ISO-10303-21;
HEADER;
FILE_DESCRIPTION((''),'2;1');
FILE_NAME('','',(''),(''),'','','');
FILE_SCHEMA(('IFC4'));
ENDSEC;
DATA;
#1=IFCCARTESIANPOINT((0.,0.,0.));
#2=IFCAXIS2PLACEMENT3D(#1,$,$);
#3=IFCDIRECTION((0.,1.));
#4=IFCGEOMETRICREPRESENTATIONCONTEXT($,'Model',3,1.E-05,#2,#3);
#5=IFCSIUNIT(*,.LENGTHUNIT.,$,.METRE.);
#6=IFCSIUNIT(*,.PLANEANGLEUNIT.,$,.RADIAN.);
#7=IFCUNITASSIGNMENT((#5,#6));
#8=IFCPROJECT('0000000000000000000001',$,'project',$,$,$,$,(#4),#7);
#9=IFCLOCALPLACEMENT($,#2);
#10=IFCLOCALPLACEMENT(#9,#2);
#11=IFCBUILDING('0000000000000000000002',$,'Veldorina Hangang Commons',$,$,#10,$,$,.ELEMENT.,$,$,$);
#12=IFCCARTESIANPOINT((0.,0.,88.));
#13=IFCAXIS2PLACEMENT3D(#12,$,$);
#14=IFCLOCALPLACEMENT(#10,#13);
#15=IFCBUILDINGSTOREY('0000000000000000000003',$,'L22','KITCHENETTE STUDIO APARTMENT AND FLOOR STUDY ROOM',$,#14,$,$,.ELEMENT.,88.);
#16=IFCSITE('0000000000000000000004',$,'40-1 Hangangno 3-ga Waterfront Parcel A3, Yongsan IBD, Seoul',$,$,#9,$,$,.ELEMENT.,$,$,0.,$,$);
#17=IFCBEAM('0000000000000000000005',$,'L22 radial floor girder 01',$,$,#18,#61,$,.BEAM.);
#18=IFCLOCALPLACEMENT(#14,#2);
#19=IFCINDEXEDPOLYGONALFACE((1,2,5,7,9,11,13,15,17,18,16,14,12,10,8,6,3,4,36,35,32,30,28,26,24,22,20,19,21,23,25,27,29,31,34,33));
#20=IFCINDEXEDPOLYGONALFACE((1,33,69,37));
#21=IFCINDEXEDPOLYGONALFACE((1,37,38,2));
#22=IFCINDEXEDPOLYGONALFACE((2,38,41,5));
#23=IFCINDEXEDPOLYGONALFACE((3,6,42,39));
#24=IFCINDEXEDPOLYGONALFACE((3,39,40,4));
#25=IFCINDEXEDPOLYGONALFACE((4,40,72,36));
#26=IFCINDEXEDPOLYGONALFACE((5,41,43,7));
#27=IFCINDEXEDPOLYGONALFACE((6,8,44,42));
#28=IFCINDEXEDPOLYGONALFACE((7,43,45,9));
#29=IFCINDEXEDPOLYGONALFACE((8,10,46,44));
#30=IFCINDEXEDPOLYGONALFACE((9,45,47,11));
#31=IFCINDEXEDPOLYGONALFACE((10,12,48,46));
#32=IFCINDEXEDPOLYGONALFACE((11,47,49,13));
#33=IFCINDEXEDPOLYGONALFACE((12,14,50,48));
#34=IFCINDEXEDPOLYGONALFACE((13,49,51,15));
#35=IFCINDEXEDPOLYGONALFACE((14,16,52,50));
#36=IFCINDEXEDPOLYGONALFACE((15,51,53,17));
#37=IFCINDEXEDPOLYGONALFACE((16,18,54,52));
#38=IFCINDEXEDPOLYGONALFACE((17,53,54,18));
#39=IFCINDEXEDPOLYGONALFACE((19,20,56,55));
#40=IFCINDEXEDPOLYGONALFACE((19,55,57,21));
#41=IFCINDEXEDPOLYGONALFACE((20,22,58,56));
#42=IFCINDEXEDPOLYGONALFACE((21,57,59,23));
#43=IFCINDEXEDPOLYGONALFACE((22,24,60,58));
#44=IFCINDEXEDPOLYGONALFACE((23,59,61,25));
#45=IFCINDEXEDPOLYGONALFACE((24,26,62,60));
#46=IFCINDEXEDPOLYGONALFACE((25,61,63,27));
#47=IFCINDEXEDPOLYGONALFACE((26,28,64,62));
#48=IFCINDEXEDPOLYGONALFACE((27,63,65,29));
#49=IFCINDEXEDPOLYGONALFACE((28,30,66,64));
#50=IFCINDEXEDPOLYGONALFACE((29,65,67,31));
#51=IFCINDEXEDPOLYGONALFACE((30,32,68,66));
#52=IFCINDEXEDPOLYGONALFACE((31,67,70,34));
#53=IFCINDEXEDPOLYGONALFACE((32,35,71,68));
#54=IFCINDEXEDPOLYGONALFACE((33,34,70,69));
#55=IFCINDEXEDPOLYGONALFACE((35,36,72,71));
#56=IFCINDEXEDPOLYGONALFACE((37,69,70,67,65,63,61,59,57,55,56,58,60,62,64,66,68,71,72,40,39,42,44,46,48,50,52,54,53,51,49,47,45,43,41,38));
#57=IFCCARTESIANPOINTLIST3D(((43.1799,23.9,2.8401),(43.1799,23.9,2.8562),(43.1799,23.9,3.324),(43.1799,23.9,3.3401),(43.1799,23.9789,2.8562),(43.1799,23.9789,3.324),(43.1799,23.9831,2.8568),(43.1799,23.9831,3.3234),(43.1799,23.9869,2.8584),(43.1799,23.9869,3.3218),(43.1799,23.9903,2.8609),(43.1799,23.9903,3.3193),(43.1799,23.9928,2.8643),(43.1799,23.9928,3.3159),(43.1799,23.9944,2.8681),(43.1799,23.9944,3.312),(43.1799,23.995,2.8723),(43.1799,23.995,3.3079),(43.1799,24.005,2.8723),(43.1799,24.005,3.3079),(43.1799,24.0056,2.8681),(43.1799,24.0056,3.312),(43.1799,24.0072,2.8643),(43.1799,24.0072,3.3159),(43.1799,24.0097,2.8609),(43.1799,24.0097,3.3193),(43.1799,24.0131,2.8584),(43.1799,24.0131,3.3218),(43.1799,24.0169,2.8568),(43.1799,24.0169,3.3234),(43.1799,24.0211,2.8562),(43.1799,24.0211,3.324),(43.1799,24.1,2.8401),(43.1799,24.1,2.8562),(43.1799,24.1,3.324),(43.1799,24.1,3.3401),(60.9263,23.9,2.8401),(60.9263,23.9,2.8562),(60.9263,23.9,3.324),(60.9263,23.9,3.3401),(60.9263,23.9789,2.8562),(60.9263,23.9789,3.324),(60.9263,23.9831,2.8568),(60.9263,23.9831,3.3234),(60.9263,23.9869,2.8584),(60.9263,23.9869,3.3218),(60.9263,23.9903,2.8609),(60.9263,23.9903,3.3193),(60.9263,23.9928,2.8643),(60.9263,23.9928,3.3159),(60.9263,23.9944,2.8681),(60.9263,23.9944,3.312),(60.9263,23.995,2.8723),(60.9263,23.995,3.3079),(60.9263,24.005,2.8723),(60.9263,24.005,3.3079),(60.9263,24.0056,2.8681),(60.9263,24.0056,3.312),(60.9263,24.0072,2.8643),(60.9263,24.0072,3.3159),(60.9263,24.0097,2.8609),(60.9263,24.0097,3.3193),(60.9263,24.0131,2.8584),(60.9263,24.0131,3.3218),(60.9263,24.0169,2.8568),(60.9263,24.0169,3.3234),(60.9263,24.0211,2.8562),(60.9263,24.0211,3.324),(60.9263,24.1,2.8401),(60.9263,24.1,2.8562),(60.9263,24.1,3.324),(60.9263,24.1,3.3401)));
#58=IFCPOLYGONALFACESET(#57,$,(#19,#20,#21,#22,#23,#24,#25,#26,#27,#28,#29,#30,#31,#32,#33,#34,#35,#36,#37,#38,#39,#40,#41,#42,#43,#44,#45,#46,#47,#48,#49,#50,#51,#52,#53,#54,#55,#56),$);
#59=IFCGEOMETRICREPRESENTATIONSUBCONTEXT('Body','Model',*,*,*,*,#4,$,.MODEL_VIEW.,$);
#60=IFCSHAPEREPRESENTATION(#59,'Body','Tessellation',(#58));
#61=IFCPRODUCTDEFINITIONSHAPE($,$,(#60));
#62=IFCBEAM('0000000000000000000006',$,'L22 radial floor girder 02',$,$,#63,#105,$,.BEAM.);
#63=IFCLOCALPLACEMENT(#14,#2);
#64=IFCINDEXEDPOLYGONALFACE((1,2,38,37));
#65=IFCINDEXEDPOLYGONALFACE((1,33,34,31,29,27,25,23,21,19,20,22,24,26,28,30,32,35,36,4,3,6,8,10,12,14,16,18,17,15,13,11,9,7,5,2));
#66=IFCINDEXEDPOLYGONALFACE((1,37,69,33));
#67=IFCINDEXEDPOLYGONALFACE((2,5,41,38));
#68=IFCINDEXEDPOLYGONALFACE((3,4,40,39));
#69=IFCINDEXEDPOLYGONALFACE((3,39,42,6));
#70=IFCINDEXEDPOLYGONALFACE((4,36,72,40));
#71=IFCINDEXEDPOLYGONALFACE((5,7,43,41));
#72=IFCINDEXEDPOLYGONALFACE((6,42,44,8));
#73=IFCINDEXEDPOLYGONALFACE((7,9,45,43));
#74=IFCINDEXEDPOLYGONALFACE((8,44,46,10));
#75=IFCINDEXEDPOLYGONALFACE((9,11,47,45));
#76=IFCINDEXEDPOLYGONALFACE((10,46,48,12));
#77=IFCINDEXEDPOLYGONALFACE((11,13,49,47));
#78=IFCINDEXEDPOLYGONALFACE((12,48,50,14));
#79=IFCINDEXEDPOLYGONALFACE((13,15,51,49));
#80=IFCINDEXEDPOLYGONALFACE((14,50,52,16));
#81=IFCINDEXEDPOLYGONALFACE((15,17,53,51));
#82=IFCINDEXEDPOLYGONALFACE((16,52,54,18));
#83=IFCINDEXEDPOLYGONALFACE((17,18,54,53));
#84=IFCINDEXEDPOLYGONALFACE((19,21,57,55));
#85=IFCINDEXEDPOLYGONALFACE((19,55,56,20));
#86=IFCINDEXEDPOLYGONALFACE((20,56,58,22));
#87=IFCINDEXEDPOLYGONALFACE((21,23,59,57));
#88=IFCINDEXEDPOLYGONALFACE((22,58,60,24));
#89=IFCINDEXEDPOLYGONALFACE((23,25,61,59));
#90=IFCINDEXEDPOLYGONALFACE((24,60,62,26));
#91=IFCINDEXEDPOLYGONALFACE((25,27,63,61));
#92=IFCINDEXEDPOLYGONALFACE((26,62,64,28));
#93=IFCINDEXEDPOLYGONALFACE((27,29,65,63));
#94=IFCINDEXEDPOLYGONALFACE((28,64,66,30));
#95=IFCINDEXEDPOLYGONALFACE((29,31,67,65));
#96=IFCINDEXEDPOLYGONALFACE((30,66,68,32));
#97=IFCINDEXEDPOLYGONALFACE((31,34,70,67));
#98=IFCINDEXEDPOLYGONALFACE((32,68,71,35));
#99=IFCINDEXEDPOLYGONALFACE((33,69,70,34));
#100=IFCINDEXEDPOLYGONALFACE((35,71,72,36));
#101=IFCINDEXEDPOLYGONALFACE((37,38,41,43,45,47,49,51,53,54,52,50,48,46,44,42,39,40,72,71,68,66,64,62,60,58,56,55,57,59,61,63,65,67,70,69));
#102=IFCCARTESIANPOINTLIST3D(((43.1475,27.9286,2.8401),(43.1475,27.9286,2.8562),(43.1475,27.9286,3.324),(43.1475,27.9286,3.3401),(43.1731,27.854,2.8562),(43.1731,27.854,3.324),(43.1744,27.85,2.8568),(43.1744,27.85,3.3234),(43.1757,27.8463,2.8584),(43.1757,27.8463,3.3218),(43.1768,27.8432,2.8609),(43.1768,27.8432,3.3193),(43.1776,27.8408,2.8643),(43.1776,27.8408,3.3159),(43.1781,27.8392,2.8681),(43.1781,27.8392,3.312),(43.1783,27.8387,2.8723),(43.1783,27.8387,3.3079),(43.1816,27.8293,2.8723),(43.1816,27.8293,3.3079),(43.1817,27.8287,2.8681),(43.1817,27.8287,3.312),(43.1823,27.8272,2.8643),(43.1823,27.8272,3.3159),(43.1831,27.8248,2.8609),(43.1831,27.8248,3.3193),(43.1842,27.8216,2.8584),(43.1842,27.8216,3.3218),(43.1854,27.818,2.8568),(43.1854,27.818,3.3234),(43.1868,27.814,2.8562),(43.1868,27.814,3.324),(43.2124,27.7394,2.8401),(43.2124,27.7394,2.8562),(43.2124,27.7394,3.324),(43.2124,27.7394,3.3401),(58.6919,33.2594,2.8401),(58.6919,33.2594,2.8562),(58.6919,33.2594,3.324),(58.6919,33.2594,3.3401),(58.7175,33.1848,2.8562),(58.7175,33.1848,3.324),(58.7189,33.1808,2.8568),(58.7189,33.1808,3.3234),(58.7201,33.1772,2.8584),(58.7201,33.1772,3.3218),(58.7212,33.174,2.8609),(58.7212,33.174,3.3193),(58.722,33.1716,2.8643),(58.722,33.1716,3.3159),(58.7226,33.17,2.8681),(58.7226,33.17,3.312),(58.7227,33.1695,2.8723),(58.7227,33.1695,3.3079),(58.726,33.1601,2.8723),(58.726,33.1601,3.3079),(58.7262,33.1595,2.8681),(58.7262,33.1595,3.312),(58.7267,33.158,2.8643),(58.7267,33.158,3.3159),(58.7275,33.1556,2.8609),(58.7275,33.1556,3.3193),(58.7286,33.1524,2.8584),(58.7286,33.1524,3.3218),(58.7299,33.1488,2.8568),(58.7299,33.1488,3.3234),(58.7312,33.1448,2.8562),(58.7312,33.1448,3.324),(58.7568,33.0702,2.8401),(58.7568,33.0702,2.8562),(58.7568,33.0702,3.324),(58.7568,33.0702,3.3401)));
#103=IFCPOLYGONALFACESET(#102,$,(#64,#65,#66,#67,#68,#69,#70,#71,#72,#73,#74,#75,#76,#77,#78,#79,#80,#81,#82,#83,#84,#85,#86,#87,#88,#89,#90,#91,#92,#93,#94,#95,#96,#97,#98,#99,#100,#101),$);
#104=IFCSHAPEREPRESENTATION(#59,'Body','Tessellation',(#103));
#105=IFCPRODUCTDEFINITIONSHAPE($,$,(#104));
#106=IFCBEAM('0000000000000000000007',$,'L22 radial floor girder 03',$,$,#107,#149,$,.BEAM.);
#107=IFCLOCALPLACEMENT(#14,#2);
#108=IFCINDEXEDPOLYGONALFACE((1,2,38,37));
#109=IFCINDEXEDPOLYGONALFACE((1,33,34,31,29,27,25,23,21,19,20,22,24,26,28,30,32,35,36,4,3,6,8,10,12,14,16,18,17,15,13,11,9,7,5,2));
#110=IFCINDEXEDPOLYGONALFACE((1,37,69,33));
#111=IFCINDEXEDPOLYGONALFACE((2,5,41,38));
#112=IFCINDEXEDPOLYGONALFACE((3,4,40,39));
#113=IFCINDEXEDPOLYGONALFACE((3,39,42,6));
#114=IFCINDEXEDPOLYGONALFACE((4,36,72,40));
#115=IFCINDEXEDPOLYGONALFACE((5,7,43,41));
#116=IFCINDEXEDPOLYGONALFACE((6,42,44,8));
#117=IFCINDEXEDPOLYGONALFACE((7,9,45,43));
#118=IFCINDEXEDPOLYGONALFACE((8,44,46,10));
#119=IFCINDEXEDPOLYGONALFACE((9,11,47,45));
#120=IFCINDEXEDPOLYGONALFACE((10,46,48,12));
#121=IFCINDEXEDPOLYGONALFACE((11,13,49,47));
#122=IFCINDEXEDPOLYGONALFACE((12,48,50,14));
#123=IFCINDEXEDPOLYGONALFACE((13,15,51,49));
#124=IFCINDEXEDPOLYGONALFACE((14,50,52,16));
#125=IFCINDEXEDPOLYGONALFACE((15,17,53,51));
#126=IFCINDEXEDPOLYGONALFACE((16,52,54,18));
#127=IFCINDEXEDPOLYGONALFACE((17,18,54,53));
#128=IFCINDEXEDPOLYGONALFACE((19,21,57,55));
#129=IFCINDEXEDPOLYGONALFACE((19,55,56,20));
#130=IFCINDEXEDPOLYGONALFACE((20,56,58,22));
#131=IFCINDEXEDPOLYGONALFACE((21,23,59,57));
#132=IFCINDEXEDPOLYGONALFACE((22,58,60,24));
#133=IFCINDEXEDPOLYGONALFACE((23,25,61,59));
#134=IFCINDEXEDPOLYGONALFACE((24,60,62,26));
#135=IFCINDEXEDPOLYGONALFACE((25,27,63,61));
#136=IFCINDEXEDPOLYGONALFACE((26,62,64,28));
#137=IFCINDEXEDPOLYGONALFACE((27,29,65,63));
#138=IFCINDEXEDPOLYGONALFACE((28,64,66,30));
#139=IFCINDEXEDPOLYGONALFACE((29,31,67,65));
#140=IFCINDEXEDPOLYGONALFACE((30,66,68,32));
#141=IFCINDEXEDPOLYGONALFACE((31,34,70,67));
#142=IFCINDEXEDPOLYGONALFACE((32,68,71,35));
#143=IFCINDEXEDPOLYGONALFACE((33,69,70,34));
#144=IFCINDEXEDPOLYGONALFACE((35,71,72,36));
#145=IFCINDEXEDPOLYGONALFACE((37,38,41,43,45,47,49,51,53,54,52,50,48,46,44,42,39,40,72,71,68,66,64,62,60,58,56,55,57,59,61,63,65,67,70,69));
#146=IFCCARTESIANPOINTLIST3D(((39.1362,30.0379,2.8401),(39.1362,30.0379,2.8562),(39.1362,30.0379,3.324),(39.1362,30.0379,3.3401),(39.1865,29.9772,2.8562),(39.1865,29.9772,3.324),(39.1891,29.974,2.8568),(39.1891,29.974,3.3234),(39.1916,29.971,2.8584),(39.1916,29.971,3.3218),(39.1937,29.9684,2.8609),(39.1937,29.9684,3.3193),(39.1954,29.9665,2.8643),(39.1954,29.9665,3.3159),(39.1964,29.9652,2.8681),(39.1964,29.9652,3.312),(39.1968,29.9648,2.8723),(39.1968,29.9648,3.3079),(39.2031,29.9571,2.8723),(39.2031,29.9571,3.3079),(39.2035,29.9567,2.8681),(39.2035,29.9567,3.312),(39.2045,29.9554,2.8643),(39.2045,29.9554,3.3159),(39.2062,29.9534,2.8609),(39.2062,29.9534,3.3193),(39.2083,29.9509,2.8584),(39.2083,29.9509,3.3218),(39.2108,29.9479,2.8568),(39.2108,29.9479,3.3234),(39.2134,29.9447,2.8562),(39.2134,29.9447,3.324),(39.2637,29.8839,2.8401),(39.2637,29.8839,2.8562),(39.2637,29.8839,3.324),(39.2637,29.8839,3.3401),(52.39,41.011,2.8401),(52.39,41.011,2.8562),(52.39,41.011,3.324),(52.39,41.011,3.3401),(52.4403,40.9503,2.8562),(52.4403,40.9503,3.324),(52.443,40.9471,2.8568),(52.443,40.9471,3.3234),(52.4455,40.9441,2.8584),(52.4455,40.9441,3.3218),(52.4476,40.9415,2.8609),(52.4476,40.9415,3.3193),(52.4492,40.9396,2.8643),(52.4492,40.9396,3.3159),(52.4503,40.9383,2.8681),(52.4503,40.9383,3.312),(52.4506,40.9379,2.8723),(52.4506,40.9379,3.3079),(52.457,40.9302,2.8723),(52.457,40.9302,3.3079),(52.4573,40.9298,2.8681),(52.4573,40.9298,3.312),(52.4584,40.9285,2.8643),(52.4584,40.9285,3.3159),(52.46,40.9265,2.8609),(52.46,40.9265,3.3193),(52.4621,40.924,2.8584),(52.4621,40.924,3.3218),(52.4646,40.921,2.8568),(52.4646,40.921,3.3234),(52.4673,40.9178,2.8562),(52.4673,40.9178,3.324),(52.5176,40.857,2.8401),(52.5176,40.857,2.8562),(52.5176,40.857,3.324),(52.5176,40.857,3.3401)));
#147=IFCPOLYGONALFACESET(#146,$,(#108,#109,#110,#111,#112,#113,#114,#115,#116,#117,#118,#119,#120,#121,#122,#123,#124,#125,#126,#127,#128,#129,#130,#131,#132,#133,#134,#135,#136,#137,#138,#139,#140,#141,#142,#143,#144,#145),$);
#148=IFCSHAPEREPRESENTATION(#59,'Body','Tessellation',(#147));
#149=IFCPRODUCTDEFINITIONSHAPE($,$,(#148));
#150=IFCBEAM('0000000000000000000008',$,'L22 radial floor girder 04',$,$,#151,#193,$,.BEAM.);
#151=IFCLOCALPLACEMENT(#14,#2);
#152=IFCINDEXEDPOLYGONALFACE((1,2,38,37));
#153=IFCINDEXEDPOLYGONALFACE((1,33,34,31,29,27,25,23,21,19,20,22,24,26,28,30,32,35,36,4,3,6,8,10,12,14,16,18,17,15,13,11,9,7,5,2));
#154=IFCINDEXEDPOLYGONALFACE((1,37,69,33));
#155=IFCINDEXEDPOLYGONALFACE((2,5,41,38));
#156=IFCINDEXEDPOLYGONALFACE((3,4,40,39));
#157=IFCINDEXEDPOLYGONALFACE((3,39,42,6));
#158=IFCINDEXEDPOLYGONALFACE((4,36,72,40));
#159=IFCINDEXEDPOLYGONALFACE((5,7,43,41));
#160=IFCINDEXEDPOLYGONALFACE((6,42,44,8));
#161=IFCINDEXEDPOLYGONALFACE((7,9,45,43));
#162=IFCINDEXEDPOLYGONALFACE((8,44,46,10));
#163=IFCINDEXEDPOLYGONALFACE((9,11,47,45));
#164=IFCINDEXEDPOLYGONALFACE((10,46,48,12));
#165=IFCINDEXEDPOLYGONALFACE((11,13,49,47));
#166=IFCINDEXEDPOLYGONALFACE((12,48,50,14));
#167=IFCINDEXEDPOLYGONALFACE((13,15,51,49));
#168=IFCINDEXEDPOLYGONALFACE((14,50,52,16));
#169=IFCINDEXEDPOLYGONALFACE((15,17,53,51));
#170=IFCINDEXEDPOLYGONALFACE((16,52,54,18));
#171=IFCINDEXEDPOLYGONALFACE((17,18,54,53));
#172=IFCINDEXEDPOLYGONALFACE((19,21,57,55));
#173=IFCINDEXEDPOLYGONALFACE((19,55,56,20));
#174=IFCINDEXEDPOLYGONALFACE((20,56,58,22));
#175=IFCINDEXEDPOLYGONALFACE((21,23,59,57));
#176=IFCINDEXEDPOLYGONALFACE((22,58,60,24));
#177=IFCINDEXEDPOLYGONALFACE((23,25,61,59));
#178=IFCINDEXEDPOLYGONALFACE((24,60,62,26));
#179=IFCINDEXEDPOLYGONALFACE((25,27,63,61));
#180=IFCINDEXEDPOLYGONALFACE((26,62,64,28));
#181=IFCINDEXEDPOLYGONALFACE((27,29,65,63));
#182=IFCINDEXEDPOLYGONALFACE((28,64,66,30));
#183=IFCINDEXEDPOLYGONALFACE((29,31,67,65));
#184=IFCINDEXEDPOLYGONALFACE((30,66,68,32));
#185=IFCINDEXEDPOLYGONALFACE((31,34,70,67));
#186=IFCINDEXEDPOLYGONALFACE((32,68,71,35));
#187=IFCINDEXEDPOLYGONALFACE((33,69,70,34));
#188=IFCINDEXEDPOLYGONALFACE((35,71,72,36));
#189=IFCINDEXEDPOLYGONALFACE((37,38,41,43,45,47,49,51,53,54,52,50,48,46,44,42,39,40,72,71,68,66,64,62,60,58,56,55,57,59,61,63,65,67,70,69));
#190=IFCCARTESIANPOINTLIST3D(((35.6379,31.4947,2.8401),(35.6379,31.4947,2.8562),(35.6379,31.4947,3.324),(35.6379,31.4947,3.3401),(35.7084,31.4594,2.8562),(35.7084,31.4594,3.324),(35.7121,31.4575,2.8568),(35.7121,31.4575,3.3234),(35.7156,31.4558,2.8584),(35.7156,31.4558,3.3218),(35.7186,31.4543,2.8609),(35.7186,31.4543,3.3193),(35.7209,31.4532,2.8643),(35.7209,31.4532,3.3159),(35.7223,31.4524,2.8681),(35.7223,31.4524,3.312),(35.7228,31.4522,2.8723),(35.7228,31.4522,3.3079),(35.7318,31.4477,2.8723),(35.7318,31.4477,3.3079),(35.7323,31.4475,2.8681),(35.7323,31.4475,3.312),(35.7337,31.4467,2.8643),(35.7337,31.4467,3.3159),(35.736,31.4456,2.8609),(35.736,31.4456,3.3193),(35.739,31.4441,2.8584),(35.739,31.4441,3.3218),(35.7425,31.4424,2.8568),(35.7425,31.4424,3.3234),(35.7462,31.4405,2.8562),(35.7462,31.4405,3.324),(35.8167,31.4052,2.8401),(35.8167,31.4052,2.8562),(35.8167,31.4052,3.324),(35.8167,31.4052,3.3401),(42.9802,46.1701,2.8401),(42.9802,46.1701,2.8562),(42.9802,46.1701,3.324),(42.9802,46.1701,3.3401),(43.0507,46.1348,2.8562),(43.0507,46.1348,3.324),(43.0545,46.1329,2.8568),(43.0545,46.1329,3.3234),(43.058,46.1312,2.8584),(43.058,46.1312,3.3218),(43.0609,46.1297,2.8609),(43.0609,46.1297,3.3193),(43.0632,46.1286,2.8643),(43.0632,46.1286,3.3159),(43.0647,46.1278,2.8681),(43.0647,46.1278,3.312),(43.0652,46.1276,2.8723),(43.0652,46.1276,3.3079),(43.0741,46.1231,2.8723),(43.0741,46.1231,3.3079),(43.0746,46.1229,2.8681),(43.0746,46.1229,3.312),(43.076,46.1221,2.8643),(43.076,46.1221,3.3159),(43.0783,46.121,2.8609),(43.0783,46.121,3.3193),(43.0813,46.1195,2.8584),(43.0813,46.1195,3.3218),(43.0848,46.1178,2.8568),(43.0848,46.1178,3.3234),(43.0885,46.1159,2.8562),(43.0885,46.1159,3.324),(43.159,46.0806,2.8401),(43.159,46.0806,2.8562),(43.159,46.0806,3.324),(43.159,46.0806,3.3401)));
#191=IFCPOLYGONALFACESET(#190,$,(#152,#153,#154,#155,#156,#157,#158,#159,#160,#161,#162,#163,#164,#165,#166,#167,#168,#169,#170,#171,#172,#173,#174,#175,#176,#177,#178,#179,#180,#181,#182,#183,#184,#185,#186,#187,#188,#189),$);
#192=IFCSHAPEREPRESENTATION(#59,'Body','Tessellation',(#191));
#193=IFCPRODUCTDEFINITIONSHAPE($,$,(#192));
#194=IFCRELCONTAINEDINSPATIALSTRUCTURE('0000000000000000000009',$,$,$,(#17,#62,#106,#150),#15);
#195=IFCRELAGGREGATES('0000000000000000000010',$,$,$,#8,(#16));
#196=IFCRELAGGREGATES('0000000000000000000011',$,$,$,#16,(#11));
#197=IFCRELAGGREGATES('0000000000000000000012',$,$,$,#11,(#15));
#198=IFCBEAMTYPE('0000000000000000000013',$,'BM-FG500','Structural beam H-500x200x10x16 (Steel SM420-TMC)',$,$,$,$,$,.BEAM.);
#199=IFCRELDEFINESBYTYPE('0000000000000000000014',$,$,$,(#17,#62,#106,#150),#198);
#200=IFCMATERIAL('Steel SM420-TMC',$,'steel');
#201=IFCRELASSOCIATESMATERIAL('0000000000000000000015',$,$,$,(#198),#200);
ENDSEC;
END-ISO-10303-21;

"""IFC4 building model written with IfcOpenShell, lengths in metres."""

from ifc_helpers import new_model, si_unit, direction, frame, origin, origin_2d, place, context, subcontext, project, spatial, i_section, extrude, material, material_profile, profile_set, type_object, element, save


model = new_model("IFC4")

# Units and contexts
model_context = context("Model", 3, precision=1e-05, world=origin(), true_north=direction((0.0, 1.0)))
body_context = subcontext(model_context, "Body", "Model", "MODEL_VIEW")
ifc_project = project(units=[si_unit("LENGTHUNIT", "METRE"), si_unit("PLANEANGLEUNIT", "RADIAN")], contexts=[model_context])

# Site, building, storey
site_placement = place(None, origin())
site = spatial("IfcSite", under=ifc_project, at=site_placement, Name="40-1 Hangangno 3-ga Waterfront Parcel A3, Yongsan IBD, Seoul", CompositionType="ELEMENT", RefElevation=0.0)
building_placement = place(site_placement, origin())
building = spatial("IfcBuilding", under=site, at=building_placement, Name="Veldorina Hangang Commons", CompositionType="ELEMENT")
storey_placement = place(building_placement, frame((0.0, 0.0, 88.0)))
storey = spatial("IfcBuildingStorey", under=building, at=storey_placement, Name="L22", Description="KITCHENETTE STUDIO APARTMENT AND FLOOR STUDY ROOM", CompositionType="ELEMENT", Elevation=88.0)

# Beams
ifc_material_1 = material(Name="Steel SM420-TMC", Category="steel")
ifc_material_profile = material_profile(ifc_material_1, i_section(OverallWidth=0.2, OverallDepth=0.5, WebThickness=0.01, FlangeThickness=0.0161, FilletRadius=0.0161, at=origin_2d()), Name="H-500x200x10x16")
ifc_profile_set = profile_set([ifc_material_profile], Name="Steel SM420-TMC")
beam_type = type_object("IfcBeamType", Name="BM-FG500", Description="Structural beam H-500x200x10x16 (Steel SM420-TMC)", PredefinedType="BEAM", material=ifc_profile_set)
beam_1_placement = place(storey_placement, frame((43.1799, 24.0, 3.0901), z_axis=(1.0, 0.0, 0.0), x_axis=(0.0, 1.0, 0.0)))
element("IfcBeam", 1, at=beam_1_placement, inside=storey, type_object=beam_type, Name="L22 radial floor girder 01", PredefinedType="BEAM", context=body_context, shape_type="SweptSolid", body=[
    extrude(i_section(OverallWidth=0.2, OverallDepth=0.5, WebThickness=0.01, FlangeThickness=0.0161, FilletRadius=0.0161, at=origin_2d()), origin(), (0.0, 0.0, 1.0), 17.7463),
])
beam_2_placement = place(storey_placement, frame((43.1799, 27.834, 3.0901), z_axis=(0.945922, 0.324395, 0.0), x_axis=(-0.324395, 0.945922, 0.0)))
element("IfcBeam", 2, at=beam_2_placement, inside=storey, type_object=beam_type, Name="L22 radial floor girder 02", PredefinedType="BEAM", context=body_context, shape_type="SweptSolid", body=[
    extrude(i_section(OverallWidth=0.2, OverallDepth=0.5, WebThickness=0.01, FlangeThickness=0.0161, FilletRadius=0.0161, at=origin_2d()), origin(), (0.0, 0.0, 1.0), 16.4331),
])
beam_3_placement = place(storey_placement, frame((39.2, 29.9609, 3.0901), z_axis=(0.770269, 0.637719, 0.0), x_axis=(-0.637719, 0.770269, 0.0)))
element("IfcBeam", 3, at=beam_3_placement, inside=storey, type_object=beam_type, Name="L22 radial floor girder 03", PredefinedType="BEAM", context=body_context, shape_type="SweptSolid", body=[
    extrude(i_section(OverallWidth=0.2, OverallDepth=0.5, WebThickness=0.01, FlangeThickness=0.0161, FilletRadius=0.0161, at=origin_2d()), origin(), (0.0, 0.0, 1.0), 17.2068),
])
beam_4_placement = place(storey_placement, frame((35.7273, 31.45, 3.0901), z_axis=(0.44744, 0.894314, 0.0), x_axis=(-0.894314, 0.44744, 0.0)))
element("IfcBeam", 4, at=beam_4_placement, inside=storey, type_object=beam_type, Name="L22 radial floor girder 04", PredefinedType="BEAM", context=body_context, shape_type="SweptSolid", body=[
    extrude(i_section(OverallWidth=0.2, OverallDepth=0.5, WebThickness=0.01, FlangeThickness=0.0161, FilletRadius=0.0161, at=origin_2d()), origin(), (0.0, 0.0, 1.0), 16.4097),
])

save(model, "model.ifc")
